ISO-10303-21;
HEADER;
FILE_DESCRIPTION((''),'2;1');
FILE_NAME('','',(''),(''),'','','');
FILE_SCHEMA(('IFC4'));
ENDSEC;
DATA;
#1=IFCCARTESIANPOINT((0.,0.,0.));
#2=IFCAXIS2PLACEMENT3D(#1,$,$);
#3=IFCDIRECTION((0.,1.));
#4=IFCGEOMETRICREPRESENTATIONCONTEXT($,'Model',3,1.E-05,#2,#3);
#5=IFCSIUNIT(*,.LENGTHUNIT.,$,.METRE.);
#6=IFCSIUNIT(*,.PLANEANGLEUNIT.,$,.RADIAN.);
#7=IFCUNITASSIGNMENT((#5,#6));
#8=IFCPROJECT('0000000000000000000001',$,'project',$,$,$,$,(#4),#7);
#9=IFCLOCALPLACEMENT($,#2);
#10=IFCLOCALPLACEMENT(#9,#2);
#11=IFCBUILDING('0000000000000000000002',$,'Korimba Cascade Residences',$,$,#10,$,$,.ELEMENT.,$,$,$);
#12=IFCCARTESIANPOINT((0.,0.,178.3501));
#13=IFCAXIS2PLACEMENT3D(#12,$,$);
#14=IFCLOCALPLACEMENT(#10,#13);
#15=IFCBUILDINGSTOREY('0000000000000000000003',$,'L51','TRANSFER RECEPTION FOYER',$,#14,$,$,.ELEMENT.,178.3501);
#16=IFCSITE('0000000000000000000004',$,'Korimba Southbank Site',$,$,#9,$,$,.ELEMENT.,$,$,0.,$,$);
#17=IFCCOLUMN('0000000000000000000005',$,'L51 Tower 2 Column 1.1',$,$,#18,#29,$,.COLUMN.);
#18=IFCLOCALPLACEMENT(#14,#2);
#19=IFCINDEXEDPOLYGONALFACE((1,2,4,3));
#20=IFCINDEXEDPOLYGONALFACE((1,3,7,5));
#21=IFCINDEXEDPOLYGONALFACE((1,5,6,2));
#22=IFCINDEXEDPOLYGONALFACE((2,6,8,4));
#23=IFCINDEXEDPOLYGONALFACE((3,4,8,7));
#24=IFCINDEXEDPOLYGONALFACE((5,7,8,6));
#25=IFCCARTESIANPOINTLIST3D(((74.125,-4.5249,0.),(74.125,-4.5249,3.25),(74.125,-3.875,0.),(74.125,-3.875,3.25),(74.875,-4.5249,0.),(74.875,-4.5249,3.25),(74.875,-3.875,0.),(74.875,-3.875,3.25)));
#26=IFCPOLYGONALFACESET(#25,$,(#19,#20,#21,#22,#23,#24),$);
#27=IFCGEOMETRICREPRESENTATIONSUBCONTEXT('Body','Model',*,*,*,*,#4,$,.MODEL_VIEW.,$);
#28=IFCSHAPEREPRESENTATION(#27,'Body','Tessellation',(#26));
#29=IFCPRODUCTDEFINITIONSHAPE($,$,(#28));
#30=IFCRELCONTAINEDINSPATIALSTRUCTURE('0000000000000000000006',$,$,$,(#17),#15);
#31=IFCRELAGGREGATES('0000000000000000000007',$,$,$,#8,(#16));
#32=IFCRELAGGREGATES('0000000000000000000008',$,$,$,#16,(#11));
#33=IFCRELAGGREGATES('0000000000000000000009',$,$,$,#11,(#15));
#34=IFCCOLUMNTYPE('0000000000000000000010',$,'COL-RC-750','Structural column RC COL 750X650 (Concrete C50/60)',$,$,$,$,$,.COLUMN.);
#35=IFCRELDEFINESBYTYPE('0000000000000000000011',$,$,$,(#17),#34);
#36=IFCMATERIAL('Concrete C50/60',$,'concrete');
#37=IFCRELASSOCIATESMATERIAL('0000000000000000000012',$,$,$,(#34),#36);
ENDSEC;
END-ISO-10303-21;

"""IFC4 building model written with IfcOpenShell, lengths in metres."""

from ifc_helpers import new_model, si_unit, direction, frame, origin, origin_2d, place, context, subcontext, project, spatial, rectangle, extrude, material, material_profile, profile_set, type_object, element, save


model = new_model("IFC4")

# Units and contexts
model_context = context("Model", 3, precision=1e-05, world=origin(), true_north=direction((0.0, 1.0)))
body_context = subcontext(model_context, "Body", "Model", "MODEL_VIEW")
ifc_project = project(units=[si_unit("LENGTHUNIT", "METRE"), si_unit("PLANEANGLEUNIT", "RADIAN")], contexts=[model_context])

# Site, building, storey
site_placement = place(None, origin())
site = spatial("IfcSite", under=ifc_project, at=site_placement, Name="Korimba Southbank Site", CompositionType="ELEMENT", RefElevation=0.0)
building_placement = place(site_placement, origin())
building = spatial("IfcBuilding", under=site, at=building_placement, Name="Korimba Cascade Residences", CompositionType="ELEMENT")
storey_placement = place(building_placement, frame((0.0, 0.0, 178.3501)))
storey = spatial("IfcBuildingStorey", under=building, at=storey_placement, Name="L51", Description="TRANSFER RECEPTION FOYER", CompositionType="ELEMENT", Elevation=178.3501)

# Column
ifc_material_1 = material(Name="Concrete C50/60", Category="concrete")
ifc_material_profile = material_profile(ifc_material_1, rectangle(XDim=0.75, YDim=0.6499, at=origin_2d()), Name="Concrete C50/60")
ifc_profile_set = profile_set([ifc_material_profile], Name="Concrete C50/60")
column_type = type_object("IfcColumnType", Name="COL-RC-750", Description="Structural column RC COL 750X650 (Concrete C50/60)", PredefinedType="COLUMN", material=ifc_profile_set)
column_placement = place(storey_placement, frame((74.5, -4.2, 0.0), z_axis=(0.0, 0.0, 1.0), x_axis=(1.0, 0.0, 0.0)))
element("IfcColumn", 1, at=column_placement, inside=storey, type_object=column_type, Name="L51 Tower 2 Column 1.1", PredefinedType="COLUMN", context=body_context, shape_type="SweptSolid", body=[
    extrude(rectangle(XDim=0.75, YDim=0.6499, at=origin_2d()), origin(), (0.0, 0.0, 1.0), 3.25),
])

save(model, "model.ifc")
